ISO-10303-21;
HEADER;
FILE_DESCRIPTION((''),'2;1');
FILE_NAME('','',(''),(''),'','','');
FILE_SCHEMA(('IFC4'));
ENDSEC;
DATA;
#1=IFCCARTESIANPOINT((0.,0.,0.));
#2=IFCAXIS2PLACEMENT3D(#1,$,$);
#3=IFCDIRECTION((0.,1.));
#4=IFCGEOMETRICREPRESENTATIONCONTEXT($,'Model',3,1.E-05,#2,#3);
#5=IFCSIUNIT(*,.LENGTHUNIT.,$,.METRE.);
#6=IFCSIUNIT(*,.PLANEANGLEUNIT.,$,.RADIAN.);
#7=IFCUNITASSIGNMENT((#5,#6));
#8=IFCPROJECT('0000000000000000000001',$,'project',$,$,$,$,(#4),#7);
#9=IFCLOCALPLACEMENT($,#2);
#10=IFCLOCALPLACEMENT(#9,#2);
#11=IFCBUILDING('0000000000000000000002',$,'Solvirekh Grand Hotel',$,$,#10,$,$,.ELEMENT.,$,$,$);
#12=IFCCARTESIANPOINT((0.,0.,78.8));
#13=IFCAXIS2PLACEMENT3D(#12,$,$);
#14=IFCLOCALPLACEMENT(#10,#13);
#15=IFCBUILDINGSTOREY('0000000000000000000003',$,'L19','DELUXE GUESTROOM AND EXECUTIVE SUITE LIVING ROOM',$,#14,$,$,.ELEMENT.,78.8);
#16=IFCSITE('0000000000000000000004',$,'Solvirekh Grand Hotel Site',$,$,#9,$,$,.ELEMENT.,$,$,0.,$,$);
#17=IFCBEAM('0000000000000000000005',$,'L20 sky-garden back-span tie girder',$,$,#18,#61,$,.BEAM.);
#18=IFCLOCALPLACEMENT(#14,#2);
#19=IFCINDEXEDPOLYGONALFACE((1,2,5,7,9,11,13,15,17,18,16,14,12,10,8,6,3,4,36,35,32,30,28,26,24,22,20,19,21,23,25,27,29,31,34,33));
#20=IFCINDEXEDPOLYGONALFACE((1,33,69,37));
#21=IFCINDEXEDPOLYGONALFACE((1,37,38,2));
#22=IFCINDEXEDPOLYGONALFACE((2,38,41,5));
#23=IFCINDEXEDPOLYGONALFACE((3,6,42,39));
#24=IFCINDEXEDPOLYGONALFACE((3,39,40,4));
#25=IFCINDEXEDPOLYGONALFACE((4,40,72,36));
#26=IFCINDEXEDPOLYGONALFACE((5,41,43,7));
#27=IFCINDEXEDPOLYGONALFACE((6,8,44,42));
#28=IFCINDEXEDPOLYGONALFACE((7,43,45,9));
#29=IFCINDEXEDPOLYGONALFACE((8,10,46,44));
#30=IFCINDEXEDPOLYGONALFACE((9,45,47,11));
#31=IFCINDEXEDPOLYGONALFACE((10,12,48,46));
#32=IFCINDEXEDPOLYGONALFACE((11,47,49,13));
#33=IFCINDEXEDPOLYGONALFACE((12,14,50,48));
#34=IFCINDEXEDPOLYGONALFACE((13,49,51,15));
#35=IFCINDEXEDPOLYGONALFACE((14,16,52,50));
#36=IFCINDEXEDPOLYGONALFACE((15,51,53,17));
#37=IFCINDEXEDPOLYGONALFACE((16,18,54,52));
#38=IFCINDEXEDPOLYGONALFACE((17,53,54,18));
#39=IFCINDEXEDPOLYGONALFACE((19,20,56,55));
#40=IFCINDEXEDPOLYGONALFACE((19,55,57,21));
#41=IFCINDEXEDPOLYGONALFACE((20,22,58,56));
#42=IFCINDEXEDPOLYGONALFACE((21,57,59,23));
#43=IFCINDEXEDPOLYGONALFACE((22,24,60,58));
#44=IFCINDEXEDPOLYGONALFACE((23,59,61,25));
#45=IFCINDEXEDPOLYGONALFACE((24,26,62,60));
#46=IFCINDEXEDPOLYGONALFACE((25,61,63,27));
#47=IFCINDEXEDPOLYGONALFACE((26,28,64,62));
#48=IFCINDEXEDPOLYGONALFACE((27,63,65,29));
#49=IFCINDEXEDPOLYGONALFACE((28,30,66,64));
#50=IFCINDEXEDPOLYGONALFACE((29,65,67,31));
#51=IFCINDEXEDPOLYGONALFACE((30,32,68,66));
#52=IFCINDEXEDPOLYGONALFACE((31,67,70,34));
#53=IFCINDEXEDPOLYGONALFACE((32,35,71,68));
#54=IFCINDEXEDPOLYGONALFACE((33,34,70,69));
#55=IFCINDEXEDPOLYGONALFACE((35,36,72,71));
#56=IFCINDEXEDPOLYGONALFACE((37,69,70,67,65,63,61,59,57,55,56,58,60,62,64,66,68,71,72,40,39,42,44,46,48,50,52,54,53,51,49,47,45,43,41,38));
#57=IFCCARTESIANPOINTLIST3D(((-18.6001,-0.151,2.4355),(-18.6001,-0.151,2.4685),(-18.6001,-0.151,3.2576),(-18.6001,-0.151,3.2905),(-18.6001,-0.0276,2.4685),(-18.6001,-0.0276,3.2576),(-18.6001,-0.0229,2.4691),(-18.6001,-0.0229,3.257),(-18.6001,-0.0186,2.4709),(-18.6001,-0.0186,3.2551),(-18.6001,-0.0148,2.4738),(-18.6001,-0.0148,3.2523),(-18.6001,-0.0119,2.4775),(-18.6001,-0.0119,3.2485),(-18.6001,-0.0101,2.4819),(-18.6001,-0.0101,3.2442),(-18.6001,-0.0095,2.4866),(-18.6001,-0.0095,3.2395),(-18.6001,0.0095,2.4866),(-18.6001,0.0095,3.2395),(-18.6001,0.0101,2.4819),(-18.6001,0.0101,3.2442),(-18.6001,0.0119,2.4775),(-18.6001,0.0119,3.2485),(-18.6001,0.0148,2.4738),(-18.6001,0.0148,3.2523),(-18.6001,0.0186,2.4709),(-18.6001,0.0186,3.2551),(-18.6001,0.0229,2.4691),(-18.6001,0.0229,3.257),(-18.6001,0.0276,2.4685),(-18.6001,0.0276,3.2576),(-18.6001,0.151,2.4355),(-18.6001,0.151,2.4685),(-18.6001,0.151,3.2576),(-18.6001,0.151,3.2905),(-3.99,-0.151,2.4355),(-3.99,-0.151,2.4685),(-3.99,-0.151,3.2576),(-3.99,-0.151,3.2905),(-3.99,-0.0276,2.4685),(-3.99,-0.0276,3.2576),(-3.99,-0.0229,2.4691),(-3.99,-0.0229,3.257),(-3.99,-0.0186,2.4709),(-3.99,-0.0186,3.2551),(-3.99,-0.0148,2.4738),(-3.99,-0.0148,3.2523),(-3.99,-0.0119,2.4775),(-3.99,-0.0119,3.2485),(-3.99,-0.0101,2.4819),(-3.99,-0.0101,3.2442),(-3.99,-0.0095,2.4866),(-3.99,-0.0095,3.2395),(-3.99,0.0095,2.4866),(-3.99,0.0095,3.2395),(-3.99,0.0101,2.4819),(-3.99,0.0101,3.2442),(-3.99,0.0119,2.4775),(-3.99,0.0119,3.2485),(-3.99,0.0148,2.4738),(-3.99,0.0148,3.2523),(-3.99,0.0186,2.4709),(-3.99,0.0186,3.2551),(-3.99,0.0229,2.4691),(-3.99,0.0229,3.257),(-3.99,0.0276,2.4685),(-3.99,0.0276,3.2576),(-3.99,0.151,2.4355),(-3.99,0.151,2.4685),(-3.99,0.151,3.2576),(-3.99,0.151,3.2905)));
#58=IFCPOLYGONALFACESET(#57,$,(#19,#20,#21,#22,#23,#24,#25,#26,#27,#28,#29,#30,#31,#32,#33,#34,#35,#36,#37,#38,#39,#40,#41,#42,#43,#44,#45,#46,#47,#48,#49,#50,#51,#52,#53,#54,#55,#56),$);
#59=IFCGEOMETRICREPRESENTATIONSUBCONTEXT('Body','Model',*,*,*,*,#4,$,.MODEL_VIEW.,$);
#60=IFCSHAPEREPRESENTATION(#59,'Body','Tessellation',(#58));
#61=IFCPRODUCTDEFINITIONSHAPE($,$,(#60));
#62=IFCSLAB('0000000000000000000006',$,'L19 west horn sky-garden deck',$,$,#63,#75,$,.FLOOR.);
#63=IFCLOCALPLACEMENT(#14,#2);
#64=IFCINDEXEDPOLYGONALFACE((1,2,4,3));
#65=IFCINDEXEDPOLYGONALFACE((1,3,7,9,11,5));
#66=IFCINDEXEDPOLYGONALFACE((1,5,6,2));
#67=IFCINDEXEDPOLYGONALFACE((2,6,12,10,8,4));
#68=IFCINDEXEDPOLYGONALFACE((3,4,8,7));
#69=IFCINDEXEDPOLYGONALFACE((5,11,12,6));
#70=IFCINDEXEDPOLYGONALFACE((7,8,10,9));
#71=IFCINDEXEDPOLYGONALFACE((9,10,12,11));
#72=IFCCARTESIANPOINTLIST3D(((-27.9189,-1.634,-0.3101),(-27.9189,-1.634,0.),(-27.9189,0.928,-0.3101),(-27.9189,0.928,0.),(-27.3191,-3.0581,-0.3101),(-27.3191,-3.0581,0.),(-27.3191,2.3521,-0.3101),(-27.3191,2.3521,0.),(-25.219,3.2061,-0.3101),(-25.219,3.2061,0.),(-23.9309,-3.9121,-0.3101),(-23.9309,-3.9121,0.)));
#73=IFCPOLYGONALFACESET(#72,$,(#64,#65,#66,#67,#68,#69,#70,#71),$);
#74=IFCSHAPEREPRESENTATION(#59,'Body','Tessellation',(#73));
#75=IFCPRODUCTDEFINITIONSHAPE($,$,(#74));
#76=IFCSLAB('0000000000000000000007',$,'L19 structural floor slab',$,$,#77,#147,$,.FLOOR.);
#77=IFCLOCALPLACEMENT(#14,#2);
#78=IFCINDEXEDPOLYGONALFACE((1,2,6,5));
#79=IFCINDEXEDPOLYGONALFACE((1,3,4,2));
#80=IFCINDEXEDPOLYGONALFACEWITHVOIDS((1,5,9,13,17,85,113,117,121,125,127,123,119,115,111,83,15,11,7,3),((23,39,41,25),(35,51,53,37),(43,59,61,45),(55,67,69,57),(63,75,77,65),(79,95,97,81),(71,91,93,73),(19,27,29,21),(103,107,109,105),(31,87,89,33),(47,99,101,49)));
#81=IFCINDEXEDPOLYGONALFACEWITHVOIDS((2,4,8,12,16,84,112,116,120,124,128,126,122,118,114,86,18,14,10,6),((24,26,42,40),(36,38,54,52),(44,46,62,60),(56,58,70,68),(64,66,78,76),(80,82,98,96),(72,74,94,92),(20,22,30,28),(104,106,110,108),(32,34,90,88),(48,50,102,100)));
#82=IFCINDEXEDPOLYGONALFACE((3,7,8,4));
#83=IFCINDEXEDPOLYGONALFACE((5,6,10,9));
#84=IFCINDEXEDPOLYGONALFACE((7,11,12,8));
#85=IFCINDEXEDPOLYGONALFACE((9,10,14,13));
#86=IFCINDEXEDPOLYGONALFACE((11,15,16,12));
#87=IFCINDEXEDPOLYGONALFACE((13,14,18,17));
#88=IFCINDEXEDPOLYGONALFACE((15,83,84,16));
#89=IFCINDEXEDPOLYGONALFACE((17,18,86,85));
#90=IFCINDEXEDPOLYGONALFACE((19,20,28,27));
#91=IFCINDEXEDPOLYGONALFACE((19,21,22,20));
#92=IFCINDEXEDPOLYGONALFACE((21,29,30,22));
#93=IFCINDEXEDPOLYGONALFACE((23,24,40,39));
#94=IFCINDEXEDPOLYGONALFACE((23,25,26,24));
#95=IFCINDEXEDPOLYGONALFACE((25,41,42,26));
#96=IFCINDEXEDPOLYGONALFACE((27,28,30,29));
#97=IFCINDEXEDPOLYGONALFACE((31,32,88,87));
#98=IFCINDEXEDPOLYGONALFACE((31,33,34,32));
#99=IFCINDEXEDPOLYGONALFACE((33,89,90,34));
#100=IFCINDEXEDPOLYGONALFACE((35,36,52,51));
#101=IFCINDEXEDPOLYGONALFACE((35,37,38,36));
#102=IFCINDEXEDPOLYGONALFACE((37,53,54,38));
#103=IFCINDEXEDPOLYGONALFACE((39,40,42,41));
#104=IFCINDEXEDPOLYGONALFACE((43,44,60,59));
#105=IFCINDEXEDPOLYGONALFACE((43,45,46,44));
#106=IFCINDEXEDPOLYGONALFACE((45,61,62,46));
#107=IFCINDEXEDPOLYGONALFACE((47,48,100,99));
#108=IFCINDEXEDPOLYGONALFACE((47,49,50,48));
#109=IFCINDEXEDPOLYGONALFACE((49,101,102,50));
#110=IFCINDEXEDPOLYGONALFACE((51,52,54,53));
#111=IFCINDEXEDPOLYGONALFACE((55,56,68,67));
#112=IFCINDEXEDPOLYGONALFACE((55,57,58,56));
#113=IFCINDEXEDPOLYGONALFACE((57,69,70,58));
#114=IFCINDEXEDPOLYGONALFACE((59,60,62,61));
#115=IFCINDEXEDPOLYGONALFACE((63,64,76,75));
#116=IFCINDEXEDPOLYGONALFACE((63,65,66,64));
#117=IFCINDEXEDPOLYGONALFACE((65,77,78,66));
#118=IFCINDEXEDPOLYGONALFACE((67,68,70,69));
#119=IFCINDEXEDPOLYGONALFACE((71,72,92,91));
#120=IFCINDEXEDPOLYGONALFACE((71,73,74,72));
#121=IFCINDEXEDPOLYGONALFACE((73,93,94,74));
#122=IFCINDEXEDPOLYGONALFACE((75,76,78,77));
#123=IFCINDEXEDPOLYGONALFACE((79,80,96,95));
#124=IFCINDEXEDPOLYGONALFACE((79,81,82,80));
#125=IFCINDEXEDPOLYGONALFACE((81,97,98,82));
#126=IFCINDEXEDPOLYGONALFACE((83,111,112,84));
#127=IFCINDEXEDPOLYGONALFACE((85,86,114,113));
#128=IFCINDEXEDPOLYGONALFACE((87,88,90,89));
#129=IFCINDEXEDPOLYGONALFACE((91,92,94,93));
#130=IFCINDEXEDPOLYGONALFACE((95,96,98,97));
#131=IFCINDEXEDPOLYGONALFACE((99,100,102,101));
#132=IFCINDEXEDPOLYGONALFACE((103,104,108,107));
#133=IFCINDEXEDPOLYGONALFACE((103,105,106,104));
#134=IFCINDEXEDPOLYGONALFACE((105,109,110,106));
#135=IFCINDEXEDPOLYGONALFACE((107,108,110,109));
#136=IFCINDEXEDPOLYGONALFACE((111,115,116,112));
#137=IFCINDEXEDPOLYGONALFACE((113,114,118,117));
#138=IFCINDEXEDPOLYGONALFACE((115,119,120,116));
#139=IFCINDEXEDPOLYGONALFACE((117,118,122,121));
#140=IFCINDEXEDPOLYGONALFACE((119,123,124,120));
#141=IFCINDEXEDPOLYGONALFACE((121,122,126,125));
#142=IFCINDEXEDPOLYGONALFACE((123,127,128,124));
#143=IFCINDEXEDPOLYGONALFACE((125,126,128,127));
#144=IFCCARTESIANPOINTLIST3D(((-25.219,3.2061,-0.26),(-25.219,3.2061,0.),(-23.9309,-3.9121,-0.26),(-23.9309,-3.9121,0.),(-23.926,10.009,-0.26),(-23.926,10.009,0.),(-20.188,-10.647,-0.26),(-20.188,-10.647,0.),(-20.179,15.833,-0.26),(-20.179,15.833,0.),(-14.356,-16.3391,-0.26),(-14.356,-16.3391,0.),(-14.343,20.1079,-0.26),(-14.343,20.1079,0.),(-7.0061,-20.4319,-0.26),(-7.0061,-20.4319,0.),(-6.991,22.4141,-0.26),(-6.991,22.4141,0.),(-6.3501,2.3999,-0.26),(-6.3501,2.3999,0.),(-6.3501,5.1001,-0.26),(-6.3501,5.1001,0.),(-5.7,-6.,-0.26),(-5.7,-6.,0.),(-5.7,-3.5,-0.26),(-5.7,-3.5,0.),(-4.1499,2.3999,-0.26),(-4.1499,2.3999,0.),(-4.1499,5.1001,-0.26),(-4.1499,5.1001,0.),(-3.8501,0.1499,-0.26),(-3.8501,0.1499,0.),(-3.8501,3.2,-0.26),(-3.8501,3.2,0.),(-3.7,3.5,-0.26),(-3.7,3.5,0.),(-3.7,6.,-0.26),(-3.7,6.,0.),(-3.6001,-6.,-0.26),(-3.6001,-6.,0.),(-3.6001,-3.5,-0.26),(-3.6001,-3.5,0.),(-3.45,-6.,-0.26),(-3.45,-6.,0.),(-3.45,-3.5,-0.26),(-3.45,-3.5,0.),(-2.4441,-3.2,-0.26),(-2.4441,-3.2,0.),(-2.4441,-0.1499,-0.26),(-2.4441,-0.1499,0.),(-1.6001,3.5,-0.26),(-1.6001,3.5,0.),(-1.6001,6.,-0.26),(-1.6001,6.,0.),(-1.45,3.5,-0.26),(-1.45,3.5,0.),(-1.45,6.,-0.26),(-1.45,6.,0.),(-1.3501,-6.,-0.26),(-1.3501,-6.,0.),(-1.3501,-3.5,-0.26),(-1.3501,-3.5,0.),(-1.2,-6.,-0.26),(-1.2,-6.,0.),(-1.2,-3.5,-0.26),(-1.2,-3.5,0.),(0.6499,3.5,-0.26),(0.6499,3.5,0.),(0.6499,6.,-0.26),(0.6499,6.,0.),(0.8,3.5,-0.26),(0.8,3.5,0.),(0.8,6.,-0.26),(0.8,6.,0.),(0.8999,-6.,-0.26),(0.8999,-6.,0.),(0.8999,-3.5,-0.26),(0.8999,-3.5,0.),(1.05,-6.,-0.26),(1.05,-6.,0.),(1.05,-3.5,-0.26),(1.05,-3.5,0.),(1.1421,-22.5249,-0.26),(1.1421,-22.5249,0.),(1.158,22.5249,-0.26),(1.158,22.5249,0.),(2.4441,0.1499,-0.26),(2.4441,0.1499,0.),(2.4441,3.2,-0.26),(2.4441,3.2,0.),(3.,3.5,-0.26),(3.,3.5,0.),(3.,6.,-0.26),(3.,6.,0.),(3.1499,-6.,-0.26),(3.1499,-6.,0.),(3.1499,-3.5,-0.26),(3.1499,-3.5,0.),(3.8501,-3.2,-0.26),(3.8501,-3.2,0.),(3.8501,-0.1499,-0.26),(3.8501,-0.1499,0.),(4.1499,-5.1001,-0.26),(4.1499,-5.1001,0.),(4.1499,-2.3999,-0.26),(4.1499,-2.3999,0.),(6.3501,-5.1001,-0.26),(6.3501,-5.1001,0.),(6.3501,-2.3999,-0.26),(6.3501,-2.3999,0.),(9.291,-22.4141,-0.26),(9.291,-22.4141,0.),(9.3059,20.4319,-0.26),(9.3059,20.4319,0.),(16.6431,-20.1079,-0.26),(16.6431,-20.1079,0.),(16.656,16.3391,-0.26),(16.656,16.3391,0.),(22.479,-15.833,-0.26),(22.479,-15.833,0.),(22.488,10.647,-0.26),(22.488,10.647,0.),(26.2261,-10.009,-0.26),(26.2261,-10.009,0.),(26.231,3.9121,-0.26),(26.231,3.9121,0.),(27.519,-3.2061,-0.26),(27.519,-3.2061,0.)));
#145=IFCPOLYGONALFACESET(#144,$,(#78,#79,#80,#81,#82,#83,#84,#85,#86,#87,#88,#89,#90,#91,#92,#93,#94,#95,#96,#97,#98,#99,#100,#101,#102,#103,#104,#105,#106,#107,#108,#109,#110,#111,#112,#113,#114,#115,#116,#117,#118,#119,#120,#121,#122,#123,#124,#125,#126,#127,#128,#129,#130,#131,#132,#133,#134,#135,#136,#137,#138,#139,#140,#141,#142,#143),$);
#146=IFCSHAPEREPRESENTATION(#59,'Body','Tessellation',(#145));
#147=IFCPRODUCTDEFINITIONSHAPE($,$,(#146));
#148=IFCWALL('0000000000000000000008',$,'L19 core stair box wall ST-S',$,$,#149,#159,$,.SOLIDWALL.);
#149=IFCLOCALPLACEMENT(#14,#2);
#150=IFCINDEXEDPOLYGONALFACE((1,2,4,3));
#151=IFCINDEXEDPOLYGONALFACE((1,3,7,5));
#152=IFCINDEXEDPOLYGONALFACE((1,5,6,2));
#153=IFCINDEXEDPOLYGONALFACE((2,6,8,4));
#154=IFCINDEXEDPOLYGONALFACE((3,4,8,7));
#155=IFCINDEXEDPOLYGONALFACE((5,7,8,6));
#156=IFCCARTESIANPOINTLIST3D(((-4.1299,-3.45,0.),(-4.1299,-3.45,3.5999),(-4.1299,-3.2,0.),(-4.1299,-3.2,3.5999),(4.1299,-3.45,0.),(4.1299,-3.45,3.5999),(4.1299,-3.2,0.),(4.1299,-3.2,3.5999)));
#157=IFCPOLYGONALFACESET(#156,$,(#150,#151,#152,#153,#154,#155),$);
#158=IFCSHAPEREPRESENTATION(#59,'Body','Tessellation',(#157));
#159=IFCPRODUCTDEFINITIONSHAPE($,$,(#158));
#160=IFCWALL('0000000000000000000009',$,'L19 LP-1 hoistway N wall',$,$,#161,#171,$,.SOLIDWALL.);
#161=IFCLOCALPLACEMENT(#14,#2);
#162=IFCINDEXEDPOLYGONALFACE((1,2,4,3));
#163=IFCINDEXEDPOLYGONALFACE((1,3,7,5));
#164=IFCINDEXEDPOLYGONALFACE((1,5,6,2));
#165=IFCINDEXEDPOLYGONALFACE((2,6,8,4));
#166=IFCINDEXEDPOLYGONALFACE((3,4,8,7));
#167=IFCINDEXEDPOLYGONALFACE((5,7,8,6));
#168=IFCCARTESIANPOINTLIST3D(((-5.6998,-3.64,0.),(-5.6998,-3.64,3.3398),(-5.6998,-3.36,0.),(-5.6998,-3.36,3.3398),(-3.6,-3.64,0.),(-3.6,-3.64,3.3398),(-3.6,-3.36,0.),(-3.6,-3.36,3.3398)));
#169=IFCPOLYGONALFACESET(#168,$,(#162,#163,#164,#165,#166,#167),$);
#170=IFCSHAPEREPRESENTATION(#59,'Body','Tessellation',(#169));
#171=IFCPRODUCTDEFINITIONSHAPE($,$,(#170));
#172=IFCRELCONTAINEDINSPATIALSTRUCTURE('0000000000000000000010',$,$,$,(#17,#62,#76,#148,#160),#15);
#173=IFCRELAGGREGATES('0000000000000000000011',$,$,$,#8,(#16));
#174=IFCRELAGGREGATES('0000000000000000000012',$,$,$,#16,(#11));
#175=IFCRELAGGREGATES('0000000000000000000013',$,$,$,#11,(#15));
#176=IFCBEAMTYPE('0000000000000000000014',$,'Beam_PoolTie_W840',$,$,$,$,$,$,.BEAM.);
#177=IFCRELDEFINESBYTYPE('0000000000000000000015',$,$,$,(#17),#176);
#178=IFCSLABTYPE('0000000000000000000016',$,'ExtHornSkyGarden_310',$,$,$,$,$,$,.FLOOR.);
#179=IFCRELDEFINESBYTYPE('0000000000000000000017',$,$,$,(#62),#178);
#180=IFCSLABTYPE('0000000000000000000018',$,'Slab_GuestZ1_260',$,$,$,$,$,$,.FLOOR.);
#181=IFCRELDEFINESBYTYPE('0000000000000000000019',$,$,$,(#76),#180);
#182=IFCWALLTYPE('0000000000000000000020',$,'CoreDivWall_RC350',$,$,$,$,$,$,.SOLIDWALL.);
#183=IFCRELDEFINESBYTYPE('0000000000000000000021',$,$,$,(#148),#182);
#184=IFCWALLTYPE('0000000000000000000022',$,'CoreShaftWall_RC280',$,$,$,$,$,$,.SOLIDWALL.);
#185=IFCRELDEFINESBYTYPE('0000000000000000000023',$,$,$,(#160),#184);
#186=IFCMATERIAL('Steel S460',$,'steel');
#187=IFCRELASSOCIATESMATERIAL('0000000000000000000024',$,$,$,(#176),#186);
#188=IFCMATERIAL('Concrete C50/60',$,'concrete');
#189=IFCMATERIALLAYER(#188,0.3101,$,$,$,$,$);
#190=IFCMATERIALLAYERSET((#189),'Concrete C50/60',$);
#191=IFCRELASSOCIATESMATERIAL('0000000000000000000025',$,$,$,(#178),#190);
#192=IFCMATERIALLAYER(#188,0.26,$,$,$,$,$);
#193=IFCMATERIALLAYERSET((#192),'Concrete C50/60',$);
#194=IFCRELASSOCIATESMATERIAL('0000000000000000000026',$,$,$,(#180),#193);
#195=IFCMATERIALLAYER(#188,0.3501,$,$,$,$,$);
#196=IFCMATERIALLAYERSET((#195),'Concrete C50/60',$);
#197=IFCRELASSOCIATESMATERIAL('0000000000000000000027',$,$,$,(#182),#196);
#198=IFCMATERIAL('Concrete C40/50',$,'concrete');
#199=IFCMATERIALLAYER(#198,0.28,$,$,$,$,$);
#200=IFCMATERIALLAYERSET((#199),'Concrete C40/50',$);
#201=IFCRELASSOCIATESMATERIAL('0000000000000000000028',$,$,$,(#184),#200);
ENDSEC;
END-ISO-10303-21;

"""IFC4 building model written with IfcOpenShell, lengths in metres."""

from ifc_helpers import new_model, si_unit, direction, frame, frame_2d, origin, origin_2d, place, context, subcontext, project, spatial, polyline, rectangle, i_section, outline, extrude, material, layer, layer_set, material_profile, profile_set, type_object, element, save


model = new_model("IFC4")

# Units and contexts
model_context = context("Model", 3, precision=1e-05, world=origin(), true_north=direction((0.0, 1.0)))
body_context = subcontext(model_context, "Body", "Model", "MODEL_VIEW")
ifc_project = project(units=[si_unit("LENGTHUNIT", "METRE"), si_unit("PLANEANGLEUNIT", "RADIAN")], contexts=[model_context])

# Site, building, storey
site_placement = place(None, origin())
site = spatial("IfcSite", under=ifc_project, at=site_placement, Name="Solvirekh Grand Hotel Site", CompositionType="ELEMENT", RefElevation=0.0)
building_placement = place(site_placement, origin())
building = spatial("IfcBuilding", under=site, at=building_placement, Name="Solvirekh Grand Hotel", CompositionType="ELEMENT")
storey_placement = place(building_placement, frame((0.0, 0.0, 78.8)))
storey = spatial("IfcBuildingStorey", under=building, at=storey_placement, Name="L19", Description="DELUXE GUESTROOM AND EXECUTIVE SUITE LIVING ROOM", CompositionType="ELEMENT", Elevation=78.8)

# Beam
ifc_material_1 = material(Name="Steel S460", Category="steel")
ifc_material_profile = material_profile(ifc_material_1, i_section(OverallWidth=0.302, OverallDepth=0.855, WebThickness=0.019, FlangeThickness=0.033, FilletRadius=0.0181, at=origin_2d()), Name="W840X299")
ifc_profile_set = profile_set([ifc_material_profile], Name="Steel S460")
beam_type = type_object("IfcBeamType", Name="Beam_PoolTie_W840", PredefinedType="BEAM", material=ifc_profile_set)
beam_placement = place(storey_placement, frame((-3.99, 0.0, 2.863), z_axis=(-1.0, 0.0, 0.0), x_axis=(0.0, -1.0, 0.0)))
element("IfcBeam", 1, at=beam_placement, inside=storey, type_object=beam_type, Name="L20 sky-garden back-span tie girder", PredefinedType="BEAM", context=body_context, shape_type="SweptSolid", body=[
    extrude(i_section(OverallWidth=0.302, OverallDepth=0.855, WebThickness=0.019, FlangeThickness=0.033, FilletRadius=0.0181, at=origin_2d()), origin(), (0.0, 0.0, 1.0), 14.6101),
])

# Slabs
ifc_material_2 = material(Name="Concrete C50/60", Category="concrete")
ifc_layer_1 = layer(ifc_material_2, 0.3101)
ifc_layer_set_1 = layer_set([ifc_layer_1], Name="Concrete C50/60")
slab_type_1 = type_object("IfcSlabType", Name="ExtHornSkyGarden_310", PredefinedType="FLOOR", material=ifc_layer_set_1)
slab_1_placement = place(storey_placement, frame((0.0, 0.0, -0.3101)))
element("IfcSlab", 2, at=slab_1_placement, inside=storey, type_object=slab_type_1, Name="L19 west horn sky-garden deck", PredefinedType="FLOOR", context=body_context, shape_type="SweptSolid", body=[
    extrude(outline(polyline([(-27.3191, 2.3521), (-27.9189, 0.928), (-27.9189, -1.634), (-27.3191, -3.0581), (-23.9309, -3.9121), (-25.219, 3.2061), (-27.3191, 2.3521)])), origin(), (0.0, 0.0, 1.0), 0.3101),
])
ifc_layer_2 = layer(ifc_material_2, 0.26)
ifc_layer_set_2 = layer_set([ifc_layer_2], Name="Concrete C50/60")
slab_type_2 = type_object("IfcSlabType", Name="Slab_GuestZ1_260", PredefinedType="FLOOR", material=ifc_layer_set_2)
slab_2_placement = place(storey_placement, frame((0.0, 0.0, -0.26)))
element("IfcSlab", 3, at=slab_2_placement, inside=storey, type_object=slab_type_2, Name="L19 structural floor slab", PredefinedType="FLOOR", context=body_context, shape_type="SweptSolid", body=[
    extrude(outline(polyline([(26.2261, -10.009), (27.519, -3.2061), (26.231, 3.9121), (22.488, 10.647), (16.656, 16.3391), (9.3059, 20.4319), (1.158, 22.5249), (-6.991, 22.4141), (-14.343, 20.1079), (-20.179, 15.833), (-23.926, 10.009), (-25.219, 3.2061), (-23.9309, -3.9121), (-20.188, -10.647), (-14.356, -16.3391), (-7.0061, -20.4319), (1.1421, -22.5249), (9.291, -22.4141), (16.6431, -20.1079), (22.479, -15.833), (26.2261, -10.009)]), holes=[polyline([(-2.4441, -0.1499), (3.8501, -0.1499), (3.8501, -3.2), (-2.4441, -3.2), (-2.4441, -0.1499)]), polyline([(2.4441, 0.1499), (-3.8501, 0.1499), (-3.8501, 3.2), (2.4441, 3.2), (2.4441, 0.1499)]), polyline([(-5.7, -3.5), (-3.6001, -3.5), (-3.6001, -6.0), (-5.7, -6.0), (-5.7, -3.5)]), polyline([(-3.45, -3.5), (-1.3501, -3.5), (-1.3501, -6.0), (-3.45, -6.0), (-3.45, -3.5)]), polyline([(-1.2, -3.5), (0.8999, -3.5), (0.8999, -6.0), (-1.2, -6.0), (-1.2, -3.5)]), polyline([(1.05, -3.5), (3.1499, -3.5), (3.1499, -6.0), (1.05, -6.0), (1.05, -3.5)]), polyline([(-3.7, 6.0), (-1.6001, 6.0), (-1.6001, 3.5), (-3.7, 3.5), (-3.7, 6.0)]), polyline([(-1.45, 6.0), (0.6499, 6.0), (0.6499, 3.5), (-1.45, 3.5), (-1.45, 6.0)]), polyline([(0.8, 6.0), (3.0, 6.0), (3.0, 3.5), (0.8, 3.5), (0.8, 6.0)]), polyline([(-6.3501, 5.1001), (-4.1499, 5.1001), (-4.1499, 2.3999), (-6.3501, 2.3999), (-6.3501, 5.1001)]), polyline([(4.1499, -2.3999), (6.3501, -2.3999), (6.3501, -5.1001), (4.1499, -5.1001), (4.1499, -2.3999)])]), origin(), (0.0, 0.0, 1.0), 0.26),
])

# Walls
ifc_layer_3 = layer(ifc_material_2, 0.3501)
ifc_layer_set_3 = layer_set([ifc_layer_3], Name="Concrete C50/60")
wall_type_1 = type_object("IfcWallType", Name="CoreDivWall_RC350", PredefinedType="SOLIDWALL", material=ifc_layer_set_3)
wall_1_placement = place(storey_placement, frame((-4.1299, -3.325, 0.0), z_axis=(0.0, 0.0, 1.0), x_axis=(1.0, 0.0, 0.0)))
element("IfcWall", 4, at=wall_1_placement, inside=storey, type_object=wall_type_1, Name="L19 core stair box wall ST-S", PredefinedType="SOLIDWALL", context=body_context, shape_type="SweptSolid", body=[
    extrude(rectangle(XDim=8.2598, YDim=0.25, at=frame_2d((4.1299, 0.0))), origin(), (0.0, 0.0, 1.0), 3.5999),
])
ifc_material_3 = material(Name="Concrete C40/50", Category="concrete")
ifc_layer_4 = layer(ifc_material_3, 0.28)
ifc_layer_set_4 = layer_set([ifc_layer_4], Name="Concrete C40/50")
wall_type_2 = type_object("IfcWallType", Name="CoreShaftWall_RC280", PredefinedType="SOLIDWALL", material=ifc_layer_set_4)
wall_2_placement = place(storey_placement, frame((-3.6001, -3.5, 0.0), z_axis=(0.0, 0.0, 1.0), x_axis=(-1.0, 0.0, 0.0)))
element("IfcWall", 5, at=wall_2_placement, inside=storey, type_object=wall_type_2, Name="L19 LP-1 hoistway N wall", PredefinedType="SOLIDWALL", context=body_context, shape_type="SweptSolid", body=[
    extrude(rectangle(XDim=2.0999, YDim=0.28, at=frame_2d((1.0498, 0.0))), origin(), (0.0, 0.0, 1.0), 3.3398),
])

save(model, "model.ifc")
